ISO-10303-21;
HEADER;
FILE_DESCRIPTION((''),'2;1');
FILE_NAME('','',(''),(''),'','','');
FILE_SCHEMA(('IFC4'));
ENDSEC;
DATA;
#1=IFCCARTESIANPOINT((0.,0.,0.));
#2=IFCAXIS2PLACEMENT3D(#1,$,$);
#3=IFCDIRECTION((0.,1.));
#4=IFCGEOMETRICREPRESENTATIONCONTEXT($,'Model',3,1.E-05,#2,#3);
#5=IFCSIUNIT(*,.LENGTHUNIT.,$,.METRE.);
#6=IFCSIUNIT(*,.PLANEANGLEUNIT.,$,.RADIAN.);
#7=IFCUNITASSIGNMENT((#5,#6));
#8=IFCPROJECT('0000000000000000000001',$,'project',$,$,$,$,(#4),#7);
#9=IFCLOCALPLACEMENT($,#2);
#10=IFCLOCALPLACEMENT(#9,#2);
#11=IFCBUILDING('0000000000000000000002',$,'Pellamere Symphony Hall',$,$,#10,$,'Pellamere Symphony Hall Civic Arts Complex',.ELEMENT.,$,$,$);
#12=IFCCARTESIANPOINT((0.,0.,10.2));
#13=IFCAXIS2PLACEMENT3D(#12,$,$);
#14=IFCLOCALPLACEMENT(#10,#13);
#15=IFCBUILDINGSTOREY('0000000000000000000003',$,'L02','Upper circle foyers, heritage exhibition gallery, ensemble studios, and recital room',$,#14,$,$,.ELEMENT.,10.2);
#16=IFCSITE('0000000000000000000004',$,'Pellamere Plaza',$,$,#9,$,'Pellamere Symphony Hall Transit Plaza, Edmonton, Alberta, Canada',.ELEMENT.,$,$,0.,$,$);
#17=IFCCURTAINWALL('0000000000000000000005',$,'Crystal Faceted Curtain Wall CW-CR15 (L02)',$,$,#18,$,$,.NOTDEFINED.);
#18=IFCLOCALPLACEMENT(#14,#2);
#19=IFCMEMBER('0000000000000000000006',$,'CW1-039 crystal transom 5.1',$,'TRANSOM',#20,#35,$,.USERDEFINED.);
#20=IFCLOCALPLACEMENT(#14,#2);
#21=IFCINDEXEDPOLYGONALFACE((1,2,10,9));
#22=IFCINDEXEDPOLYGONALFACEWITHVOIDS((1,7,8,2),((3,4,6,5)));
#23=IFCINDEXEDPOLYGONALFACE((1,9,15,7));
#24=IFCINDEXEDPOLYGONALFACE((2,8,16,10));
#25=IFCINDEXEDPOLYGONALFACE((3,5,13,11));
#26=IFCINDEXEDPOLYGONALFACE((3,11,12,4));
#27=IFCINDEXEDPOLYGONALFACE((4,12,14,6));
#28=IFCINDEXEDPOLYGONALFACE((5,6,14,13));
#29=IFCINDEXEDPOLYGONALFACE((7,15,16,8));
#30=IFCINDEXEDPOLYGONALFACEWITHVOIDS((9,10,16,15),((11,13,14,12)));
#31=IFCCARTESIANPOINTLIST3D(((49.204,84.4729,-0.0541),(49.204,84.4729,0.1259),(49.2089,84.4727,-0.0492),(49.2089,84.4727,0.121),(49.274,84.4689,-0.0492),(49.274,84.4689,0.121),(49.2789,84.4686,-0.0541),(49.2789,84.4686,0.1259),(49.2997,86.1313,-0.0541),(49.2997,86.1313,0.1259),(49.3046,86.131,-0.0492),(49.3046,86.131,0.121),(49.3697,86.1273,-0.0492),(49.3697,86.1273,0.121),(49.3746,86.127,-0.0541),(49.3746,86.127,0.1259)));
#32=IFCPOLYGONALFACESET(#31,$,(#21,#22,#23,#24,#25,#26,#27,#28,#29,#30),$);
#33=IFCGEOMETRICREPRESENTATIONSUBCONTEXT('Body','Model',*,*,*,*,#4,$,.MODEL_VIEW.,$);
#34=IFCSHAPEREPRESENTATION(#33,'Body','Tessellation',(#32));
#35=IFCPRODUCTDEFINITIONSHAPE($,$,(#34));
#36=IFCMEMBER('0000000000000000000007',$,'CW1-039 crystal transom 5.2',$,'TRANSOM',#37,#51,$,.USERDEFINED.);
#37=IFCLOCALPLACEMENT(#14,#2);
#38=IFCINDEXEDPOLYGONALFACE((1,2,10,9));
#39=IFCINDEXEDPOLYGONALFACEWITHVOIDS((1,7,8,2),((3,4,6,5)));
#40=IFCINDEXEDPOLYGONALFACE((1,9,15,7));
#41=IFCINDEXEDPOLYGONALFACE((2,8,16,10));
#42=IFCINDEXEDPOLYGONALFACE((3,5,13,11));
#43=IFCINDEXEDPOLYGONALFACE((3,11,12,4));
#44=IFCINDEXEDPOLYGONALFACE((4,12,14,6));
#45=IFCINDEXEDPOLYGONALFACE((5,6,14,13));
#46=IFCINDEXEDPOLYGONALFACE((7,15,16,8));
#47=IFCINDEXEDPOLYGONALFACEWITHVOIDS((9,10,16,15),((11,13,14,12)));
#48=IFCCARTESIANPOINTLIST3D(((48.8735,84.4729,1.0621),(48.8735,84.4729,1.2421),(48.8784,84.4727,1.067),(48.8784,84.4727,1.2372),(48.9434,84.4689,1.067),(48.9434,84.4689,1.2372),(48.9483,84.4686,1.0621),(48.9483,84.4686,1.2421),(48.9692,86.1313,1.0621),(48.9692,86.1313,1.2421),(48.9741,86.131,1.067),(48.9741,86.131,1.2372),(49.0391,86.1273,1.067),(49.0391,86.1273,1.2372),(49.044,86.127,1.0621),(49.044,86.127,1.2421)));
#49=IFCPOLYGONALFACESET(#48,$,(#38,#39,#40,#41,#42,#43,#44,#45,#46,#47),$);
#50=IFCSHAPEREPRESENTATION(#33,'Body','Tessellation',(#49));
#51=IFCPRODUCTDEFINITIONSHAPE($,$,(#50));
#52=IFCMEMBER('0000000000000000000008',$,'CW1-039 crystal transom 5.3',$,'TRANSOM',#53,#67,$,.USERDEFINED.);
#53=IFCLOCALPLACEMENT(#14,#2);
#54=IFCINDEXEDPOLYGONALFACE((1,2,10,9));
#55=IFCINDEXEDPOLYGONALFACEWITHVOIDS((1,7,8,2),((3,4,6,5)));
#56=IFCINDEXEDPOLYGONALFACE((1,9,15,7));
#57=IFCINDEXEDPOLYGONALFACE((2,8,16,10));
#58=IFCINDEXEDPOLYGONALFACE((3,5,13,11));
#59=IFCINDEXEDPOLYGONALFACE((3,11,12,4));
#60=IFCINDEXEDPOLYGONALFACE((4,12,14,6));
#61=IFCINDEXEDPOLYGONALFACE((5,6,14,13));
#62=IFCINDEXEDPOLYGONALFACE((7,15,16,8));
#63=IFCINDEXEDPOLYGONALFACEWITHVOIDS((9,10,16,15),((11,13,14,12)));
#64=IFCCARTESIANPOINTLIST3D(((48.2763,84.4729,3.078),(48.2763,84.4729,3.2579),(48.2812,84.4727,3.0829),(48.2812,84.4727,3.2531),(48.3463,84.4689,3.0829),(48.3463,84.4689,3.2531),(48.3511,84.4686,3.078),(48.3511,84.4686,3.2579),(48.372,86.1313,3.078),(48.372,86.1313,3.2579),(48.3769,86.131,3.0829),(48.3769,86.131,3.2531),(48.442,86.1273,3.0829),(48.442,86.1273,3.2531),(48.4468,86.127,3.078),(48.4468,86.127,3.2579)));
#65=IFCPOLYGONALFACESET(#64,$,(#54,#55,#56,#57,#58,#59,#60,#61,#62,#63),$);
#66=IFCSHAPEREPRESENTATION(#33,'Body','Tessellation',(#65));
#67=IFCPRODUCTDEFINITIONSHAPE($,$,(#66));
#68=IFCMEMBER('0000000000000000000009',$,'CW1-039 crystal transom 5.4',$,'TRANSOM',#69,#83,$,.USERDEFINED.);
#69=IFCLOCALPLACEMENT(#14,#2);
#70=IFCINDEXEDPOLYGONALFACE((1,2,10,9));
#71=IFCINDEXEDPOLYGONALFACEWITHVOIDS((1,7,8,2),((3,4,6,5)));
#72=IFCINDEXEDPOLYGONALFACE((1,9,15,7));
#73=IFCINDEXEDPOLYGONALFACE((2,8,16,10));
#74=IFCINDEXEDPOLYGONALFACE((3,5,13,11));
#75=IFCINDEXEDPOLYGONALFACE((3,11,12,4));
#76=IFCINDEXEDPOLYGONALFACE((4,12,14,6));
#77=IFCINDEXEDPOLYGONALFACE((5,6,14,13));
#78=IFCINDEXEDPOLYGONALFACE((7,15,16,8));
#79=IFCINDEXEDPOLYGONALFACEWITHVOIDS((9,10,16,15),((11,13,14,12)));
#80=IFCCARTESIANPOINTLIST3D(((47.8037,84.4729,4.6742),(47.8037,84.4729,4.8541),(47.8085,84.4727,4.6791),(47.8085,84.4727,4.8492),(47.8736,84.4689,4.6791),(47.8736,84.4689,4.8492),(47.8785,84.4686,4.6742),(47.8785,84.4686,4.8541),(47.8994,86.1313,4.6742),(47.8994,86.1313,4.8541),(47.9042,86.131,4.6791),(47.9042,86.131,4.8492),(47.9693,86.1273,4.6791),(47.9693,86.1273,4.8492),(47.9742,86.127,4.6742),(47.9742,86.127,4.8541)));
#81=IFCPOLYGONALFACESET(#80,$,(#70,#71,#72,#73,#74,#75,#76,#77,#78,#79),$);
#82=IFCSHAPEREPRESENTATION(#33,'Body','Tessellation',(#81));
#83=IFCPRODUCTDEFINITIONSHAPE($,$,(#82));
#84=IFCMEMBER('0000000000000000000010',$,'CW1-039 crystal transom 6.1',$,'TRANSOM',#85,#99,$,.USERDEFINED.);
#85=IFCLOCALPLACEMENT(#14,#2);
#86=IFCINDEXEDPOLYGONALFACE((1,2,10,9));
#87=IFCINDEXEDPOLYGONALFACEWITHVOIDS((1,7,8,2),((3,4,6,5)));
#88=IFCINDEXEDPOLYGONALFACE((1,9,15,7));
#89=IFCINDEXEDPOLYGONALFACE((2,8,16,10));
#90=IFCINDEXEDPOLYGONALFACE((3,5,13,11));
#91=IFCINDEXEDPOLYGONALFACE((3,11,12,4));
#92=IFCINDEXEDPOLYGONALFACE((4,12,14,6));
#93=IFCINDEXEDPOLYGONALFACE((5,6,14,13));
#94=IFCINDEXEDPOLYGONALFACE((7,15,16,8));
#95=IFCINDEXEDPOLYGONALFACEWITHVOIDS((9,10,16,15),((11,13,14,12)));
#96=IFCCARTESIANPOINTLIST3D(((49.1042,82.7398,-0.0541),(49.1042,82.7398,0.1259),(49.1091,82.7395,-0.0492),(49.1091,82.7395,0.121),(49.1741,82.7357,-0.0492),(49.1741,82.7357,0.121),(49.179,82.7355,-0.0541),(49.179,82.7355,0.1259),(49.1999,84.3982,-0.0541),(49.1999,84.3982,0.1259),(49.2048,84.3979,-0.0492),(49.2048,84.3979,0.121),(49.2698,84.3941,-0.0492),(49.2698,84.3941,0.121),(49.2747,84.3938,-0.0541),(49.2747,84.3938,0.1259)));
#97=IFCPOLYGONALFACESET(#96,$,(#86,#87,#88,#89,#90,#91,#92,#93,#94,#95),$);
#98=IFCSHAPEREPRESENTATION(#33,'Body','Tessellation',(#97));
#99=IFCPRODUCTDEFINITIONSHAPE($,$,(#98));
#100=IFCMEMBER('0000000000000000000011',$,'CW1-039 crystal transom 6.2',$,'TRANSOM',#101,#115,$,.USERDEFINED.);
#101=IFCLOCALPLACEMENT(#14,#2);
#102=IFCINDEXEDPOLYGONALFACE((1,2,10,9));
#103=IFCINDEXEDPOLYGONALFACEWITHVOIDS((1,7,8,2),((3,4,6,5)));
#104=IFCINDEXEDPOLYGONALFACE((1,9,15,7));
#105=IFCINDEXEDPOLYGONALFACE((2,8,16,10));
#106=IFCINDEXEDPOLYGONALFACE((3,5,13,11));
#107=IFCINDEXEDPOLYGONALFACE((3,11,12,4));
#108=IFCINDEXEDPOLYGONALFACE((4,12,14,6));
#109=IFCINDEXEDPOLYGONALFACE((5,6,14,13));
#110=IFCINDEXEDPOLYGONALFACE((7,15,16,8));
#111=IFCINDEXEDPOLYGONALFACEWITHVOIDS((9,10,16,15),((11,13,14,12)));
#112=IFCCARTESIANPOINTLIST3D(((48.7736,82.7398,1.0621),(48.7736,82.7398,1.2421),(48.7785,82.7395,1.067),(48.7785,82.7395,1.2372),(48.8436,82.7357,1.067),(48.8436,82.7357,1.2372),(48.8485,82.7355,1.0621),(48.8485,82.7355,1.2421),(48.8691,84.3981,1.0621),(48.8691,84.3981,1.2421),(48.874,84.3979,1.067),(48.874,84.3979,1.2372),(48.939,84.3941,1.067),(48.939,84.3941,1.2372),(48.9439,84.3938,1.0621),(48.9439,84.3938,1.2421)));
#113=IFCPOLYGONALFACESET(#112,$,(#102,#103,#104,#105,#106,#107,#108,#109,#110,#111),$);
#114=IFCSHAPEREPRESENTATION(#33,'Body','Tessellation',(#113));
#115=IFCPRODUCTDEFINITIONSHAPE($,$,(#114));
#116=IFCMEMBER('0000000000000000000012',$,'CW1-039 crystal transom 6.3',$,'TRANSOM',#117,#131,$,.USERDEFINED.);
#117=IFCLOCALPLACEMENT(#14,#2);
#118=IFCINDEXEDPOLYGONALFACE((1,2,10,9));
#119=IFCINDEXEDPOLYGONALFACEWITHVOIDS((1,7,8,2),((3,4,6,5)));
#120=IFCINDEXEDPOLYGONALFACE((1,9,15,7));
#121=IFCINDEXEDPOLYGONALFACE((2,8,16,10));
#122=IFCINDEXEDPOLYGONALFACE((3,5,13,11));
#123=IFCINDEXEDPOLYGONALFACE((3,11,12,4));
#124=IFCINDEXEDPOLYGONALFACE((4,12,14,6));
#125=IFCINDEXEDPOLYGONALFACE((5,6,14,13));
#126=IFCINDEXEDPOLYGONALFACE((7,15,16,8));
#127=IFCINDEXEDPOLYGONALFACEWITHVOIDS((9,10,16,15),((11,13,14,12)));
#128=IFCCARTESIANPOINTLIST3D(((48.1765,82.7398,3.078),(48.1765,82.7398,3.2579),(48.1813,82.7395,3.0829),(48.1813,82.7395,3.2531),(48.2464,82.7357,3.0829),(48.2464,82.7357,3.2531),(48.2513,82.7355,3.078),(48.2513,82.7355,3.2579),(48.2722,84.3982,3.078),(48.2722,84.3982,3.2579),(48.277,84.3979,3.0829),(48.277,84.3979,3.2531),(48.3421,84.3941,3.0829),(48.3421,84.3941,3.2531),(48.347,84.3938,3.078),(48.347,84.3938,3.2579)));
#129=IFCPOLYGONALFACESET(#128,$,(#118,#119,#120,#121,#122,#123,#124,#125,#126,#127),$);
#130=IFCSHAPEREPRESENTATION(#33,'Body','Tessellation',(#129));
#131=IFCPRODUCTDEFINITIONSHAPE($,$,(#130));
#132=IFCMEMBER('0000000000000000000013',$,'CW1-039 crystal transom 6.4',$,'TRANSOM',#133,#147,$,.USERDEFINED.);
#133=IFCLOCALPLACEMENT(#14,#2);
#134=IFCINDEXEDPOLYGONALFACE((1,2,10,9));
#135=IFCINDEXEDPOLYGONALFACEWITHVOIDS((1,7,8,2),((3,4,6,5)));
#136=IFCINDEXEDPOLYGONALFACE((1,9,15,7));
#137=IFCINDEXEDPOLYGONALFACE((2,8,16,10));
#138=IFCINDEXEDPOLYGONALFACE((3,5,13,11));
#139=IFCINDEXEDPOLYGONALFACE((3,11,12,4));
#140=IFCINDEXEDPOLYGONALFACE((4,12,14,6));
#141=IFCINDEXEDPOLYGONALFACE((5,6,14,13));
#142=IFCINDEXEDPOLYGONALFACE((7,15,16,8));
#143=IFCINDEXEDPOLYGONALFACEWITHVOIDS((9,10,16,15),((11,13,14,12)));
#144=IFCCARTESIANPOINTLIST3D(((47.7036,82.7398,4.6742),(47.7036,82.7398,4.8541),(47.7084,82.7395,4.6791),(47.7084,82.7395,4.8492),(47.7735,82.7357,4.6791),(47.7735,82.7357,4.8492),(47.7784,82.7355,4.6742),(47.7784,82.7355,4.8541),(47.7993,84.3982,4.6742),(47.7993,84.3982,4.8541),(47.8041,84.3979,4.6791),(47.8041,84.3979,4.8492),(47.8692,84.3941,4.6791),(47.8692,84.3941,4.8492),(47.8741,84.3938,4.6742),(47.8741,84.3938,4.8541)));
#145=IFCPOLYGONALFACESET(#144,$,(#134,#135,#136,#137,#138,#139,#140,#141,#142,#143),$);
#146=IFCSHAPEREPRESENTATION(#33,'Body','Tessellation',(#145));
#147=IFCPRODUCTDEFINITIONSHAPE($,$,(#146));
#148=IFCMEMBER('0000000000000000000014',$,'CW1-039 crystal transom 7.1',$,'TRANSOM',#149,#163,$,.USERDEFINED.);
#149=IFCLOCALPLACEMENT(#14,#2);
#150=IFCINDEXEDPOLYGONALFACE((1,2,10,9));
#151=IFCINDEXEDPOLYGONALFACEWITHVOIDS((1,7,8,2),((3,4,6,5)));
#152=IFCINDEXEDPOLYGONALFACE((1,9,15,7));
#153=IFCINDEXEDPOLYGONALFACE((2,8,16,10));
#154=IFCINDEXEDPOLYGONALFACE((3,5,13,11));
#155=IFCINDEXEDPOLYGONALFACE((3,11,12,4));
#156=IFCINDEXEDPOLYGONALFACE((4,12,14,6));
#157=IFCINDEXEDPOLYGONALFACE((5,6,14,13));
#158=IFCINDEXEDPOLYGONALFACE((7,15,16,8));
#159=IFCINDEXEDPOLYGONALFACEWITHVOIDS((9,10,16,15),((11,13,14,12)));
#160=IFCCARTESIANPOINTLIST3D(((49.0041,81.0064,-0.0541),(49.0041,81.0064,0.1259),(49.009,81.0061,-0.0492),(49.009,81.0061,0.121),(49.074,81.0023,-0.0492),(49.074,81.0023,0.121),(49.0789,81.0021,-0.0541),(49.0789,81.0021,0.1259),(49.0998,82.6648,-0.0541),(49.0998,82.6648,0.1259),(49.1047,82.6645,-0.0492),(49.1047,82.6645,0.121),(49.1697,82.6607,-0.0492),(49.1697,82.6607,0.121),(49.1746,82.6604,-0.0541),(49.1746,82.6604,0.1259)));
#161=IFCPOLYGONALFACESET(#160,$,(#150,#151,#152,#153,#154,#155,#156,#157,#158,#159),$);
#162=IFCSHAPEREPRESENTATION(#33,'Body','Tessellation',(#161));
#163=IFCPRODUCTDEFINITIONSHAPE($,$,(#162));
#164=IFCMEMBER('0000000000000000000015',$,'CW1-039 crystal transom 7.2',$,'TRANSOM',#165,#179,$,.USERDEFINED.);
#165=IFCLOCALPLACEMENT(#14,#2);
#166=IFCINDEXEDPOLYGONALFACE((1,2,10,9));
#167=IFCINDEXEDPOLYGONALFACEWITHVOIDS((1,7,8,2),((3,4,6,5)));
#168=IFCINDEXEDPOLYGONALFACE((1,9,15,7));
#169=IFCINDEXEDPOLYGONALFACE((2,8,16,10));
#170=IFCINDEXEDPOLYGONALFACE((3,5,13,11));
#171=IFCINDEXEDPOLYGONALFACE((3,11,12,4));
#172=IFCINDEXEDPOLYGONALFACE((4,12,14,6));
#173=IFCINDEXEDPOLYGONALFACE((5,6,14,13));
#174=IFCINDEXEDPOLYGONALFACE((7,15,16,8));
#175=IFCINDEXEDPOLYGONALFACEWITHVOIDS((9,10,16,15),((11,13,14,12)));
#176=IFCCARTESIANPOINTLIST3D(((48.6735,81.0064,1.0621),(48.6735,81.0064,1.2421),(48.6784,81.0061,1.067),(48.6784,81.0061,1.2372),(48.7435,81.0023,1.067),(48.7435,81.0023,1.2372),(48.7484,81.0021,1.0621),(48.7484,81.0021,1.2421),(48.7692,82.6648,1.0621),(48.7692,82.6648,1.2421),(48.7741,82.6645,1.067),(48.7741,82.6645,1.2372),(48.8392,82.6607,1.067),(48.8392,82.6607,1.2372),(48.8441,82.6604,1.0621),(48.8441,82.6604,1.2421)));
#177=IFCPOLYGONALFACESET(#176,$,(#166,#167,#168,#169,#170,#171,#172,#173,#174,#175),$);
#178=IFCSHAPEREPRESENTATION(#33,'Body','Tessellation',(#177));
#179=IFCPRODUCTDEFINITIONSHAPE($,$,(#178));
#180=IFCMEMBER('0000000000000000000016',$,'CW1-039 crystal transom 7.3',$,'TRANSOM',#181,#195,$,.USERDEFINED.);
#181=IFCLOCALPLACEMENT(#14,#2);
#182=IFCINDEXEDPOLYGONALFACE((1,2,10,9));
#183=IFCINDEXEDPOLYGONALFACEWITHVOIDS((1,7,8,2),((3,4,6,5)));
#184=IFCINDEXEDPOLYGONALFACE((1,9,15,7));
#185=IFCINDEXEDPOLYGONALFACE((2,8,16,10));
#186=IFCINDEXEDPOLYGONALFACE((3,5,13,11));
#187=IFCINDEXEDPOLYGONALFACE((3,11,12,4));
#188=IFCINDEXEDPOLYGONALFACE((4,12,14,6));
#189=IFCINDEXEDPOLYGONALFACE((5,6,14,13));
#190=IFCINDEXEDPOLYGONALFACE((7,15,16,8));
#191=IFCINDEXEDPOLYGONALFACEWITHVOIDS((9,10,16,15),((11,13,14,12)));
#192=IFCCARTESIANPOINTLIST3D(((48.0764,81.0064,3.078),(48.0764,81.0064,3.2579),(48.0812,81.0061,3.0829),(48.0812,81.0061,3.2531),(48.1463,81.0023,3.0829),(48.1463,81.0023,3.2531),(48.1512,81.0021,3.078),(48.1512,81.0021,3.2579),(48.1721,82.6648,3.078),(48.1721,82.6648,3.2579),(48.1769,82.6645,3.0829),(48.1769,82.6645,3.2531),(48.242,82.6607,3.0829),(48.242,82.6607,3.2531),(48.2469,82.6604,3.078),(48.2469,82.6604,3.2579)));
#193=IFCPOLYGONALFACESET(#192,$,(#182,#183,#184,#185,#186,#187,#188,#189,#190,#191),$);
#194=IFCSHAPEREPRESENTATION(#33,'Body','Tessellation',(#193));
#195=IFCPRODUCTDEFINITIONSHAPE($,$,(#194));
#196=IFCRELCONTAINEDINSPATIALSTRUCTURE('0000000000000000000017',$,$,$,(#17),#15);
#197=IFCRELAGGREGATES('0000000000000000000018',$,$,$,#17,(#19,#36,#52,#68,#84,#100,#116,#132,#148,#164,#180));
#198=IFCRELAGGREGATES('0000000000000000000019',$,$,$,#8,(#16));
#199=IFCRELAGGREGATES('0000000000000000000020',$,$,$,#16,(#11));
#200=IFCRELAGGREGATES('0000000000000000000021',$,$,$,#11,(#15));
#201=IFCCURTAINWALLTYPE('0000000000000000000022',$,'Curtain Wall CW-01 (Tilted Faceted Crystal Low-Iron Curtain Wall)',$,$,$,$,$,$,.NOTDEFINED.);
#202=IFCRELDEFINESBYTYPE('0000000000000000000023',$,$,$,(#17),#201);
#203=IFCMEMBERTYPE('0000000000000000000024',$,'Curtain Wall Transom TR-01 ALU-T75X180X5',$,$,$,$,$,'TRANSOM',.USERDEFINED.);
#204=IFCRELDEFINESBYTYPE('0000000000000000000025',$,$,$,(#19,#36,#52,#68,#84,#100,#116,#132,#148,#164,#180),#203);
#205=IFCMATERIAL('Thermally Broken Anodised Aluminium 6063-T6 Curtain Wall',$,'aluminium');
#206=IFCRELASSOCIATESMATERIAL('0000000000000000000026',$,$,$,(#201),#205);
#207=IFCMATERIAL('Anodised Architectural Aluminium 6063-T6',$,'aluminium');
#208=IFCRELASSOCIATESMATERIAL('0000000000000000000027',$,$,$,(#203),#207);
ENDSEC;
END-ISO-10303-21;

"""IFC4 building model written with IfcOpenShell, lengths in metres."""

from ifc_helpers import new_model, si_unit, direction, frame, origin, origin_2d, place, context, subcontext, project, spatial, hollow_rectangle, extrude, material, material_profile, profile_set, type_object, element, aggregate, save


model = new_model("IFC4")

# Units and contexts
model_context = context("Model", 3, precision=1e-05, world=origin(), true_north=direction((0.0, 1.0)))
body_context = subcontext(model_context, "Body", "Model", "MODEL_VIEW")
ifc_project = project(units=[si_unit("LENGTHUNIT", "METRE"), si_unit("PLANEANGLEUNIT", "RADIAN")], contexts=[model_context])

# Site, building, storey
site_placement = place(None, origin())
site = spatial("IfcSite", under=ifc_project, at=site_placement, Name="Pellamere Plaza", LongName="Pellamere Symphony Hall Transit Plaza, Edmonton, Alberta, Canada", CompositionType="ELEMENT", RefElevation=0.0)
building_placement = place(site_placement, origin())
building = spatial("IfcBuilding", under=site, at=building_placement, Name="Pellamere Symphony Hall", LongName="Pellamere Symphony Hall Civic Arts Complex", CompositionType="ELEMENT")
storey_placement = place(building_placement, frame((0.0, 0.0, 10.2)))
storey = spatial("IfcBuildingStorey", under=building, at=storey_placement, Name="L02", Description="Upper circle foyers, heritage exhibition gallery, ensemble studios, and recital room", CompositionType="ELEMENT", Elevation=10.2)

# Curtain wall, members
ifc_material_1 = material(Name="Thermally Broken Anodised Aluminium 6063-T6 Curtain Wall", Category="aluminium")
curtain_wall_type = type_object("IfcCurtainWallType", Name="Curtain Wall CW-01 (Tilted Faceted Crystal Low-Iron Curtain Wall)", PredefinedType="NOTDEFINED", material=ifc_material_1)
curtain_wall_placement = place(storey_placement, origin())
curtain_wall = element("IfcCurtainWall", 1, at=curtain_wall_placement, inside=storey, type_object=curtain_wall_type, Name="Crystal Faceted Curtain Wall CW-CR15 (L02)", PredefinedType="NOTDEFINED")
ifc_material_2 = material(Name="Anodised Architectural Aluminium 6063-T6", Category="aluminium")
ifc_material_profile_1 = material_profile(ifc_material_2, hollow_rectangle(XDim=0.075, YDim=0.1799, WallThickness=0.0049, at=origin_2d()), Name="ALU-T75X180X5")
ifc_profile_set_1 = profile_set([ifc_material_profile_1], Name="Anodised Architectural Aluminium 6063-T6")
member_type_1 = type_object("IfcMemberType", Name="Curtain Wall Transom TR-01 ALU-T75X180X5", ElementType="TRANSOM", PredefinedType="USERDEFINED", material=ifc_profile_set_1)
member_1_placement = place(storey_placement, frame((49.3372, 86.1292, 0.0359), z_axis=(-0.057611, -0.998339, 0.0), x_axis=(0.998339, -0.057611, 0.0)))
member_1 = element("IfcMember", 2, at=member_1_placement, type_object=member_type_1, Name="CW1-039 crystal transom 5.1", ObjectType="TRANSOM", PredefinedType="USERDEFINED", context=body_context, shape_type="SweptSolid", body=[
    extrude(hollow_rectangle(XDim=0.075, YDim=0.1799, WallThickness=0.0049, at=origin_2d()), origin(), (0.0, 0.0, 1.0), 1.6611),
])
member_2_placement = place(storey_placement, frame((49.0066, 86.1292, 1.1521), z_axis=(-0.057611, -0.998339, 0.0), x_axis=(0.998339, -0.057611, 0.0)))
member_2 = element("IfcMember", 3, at=member_2_placement, type_object=member_type_1, Name="CW1-039 crystal transom 5.2", ObjectType="TRANSOM", PredefinedType="USERDEFINED", context=body_context, shape_type="SweptSolid", body=[
    extrude(hollow_rectangle(XDim=0.075, YDim=0.1799, WallThickness=0.0049, at=origin_2d()), origin(), (0.0, 0.0, 1.0), 1.6611),
])
member_3_placement = place(storey_placement, frame((48.4094, 86.1292, 3.168), z_axis=(-0.057611, -0.998339, 0.0), x_axis=(0.998339, -0.057611, 0.0)))
member_3 = element("IfcMember", 4, at=member_3_placement, type_object=member_type_1, Name="CW1-039 crystal transom 5.3", ObjectType="TRANSOM", PredefinedType="USERDEFINED", context=body_context, shape_type="SweptSolid", body=[
    extrude(hollow_rectangle(XDim=0.075, YDim=0.1799, WallThickness=0.0049, at=origin_2d()), origin(), (0.0, 0.0, 1.0), 1.6611),
])
member_4_placement = place(storey_placement, frame((47.9368, 86.1292, 4.7642), z_axis=(-0.057611, -0.998339, 0.0), x_axis=(0.998339, -0.057611, 0.0)))
member_4 = element("IfcMember", 5, at=member_4_placement, type_object=member_type_1, Name="CW1-039 crystal transom 5.4", ObjectType="TRANSOM", PredefinedType="USERDEFINED", context=body_context, shape_type="SweptSolid", body=[
    extrude(hollow_rectangle(XDim=0.075, YDim=0.1799, WallThickness=0.0049, at=origin_2d()), origin(), (0.0, 0.0, 1.0), 1.6611),
])
member_5_placement = place(storey_placement, frame((49.2373, 84.396, 0.0359), z_axis=(-0.057611, -0.998339, 0.0), x_axis=(0.998339, -0.057611, 0.0)))
member_5 = element("IfcMember", 6, at=member_5_placement, type_object=member_type_1, Name="CW1-039 crystal transom 6.1", ObjectType="TRANSOM", PredefinedType="USERDEFINED", context=body_context, shape_type="SweptSolid", body=[
    extrude(hollow_rectangle(XDim=0.075, YDim=0.1799, WallThickness=0.0049, at=origin_2d()), origin(), (0.0, 0.0, 1.0), 1.6611),
])
member_6_placement = place(storey_placement, frame((48.9065, 84.396, 1.1521), z_axis=(-0.057464, -0.998348, 0.0), x_axis=(0.998348, -0.057464, 0.0)))
member_6 = element("IfcMember", 7, at=member_6_placement, type_object=member_type_1, Name="CW1-039 crystal transom 6.2", ObjectType="TRANSOM", PredefinedType="USERDEFINED", context=body_context, shape_type="SweptSolid", body=[
    extrude(hollow_rectangle(XDim=0.075, YDim=0.1799, WallThickness=0.0049, at=origin_2d()), origin(), (0.0, 0.0, 1.0), 1.6611),
])
member_7_placement = place(storey_placement, frame((48.3096, 84.396, 3.168), z_axis=(-0.057611, -0.998339, 0.0), x_axis=(0.998339, -0.057611, 0.0)))
member_7 = element("IfcMember", 8, at=member_7_placement, type_object=member_type_1, Name="CW1-039 crystal transom 6.3", ObjectType="TRANSOM", PredefinedType="USERDEFINED", context=body_context, shape_type="SweptSolid", body=[
    extrude(hollow_rectangle(XDim=0.075, YDim=0.1799, WallThickness=0.0049, at=origin_2d()), origin(), (0.0, 0.0, 1.0), 1.6611),
])
member_8_placement = place(storey_placement, frame((47.8367, 84.396, 4.7642), z_axis=(-0.057611, -0.998339, 0.0), x_axis=(0.998339, -0.057611, 0.0)))
member_8 = element("IfcMember", 9, at=member_8_placement, type_object=member_type_1, Name="CW1-039 crystal transom 6.4", ObjectType="TRANSOM", PredefinedType="USERDEFINED", context=body_context, shape_type="SweptSolid", body=[
    extrude(hollow_rectangle(XDim=0.075, YDim=0.1799, WallThickness=0.0049, at=origin_2d()), origin(), (0.0, 0.0, 1.0), 1.6611),
])
member_9_placement = place(storey_placement, frame((49.1372, 82.6626, 0.0359), z_axis=(-0.057611, -0.998339, 0.0), x_axis=(0.998339, -0.057611, 0.0)))
member_9 = element("IfcMember", 10, at=member_9_placement, type_object=member_type_1, Name="CW1-039 crystal transom 7.1", ObjectType="TRANSOM", PredefinedType="USERDEFINED", context=body_context, shape_type="SweptSolid", body=[
    extrude(hollow_rectangle(XDim=0.075, YDim=0.1799, WallThickness=0.0049, at=origin_2d()), origin(), (0.0, 0.0, 1.0), 1.6611),
])
member_10_placement = place(storey_placement, frame((48.8066, 82.6626, 1.1521), z_axis=(-0.057611, -0.998339, 0.0), x_axis=(0.998339, -0.057611, 0.0)))
member_10 = element("IfcMember", 11, at=member_10_placement, type_object=member_type_1, Name="CW1-039 crystal transom 7.2", ObjectType="TRANSOM", PredefinedType="USERDEFINED", context=body_context, shape_type="SweptSolid", body=[
    extrude(hollow_rectangle(XDim=0.075, YDim=0.1799, WallThickness=0.0049, at=origin_2d()), origin(), (0.0, 0.0, 1.0), 1.6611),
])
member_11_placement = place(storey_placement, frame((48.2095, 82.6626, 3.168), z_axis=(-0.057611, -0.998339, 0.0), x_axis=(0.998339, -0.057611, 0.0)))
member_11 = element("IfcMember", 12, at=member_11_placement, type_object=member_type_1, Name="CW1-039 crystal transom 7.3", ObjectType="TRANSOM", PredefinedType="USERDEFINED", context=body_context, shape_type="SweptSolid", body=[
    extrude(hollow_rectangle(XDim=0.075, YDim=0.1799, WallThickness=0.0049, at=origin_2d()), origin(), (0.0, 0.0, 1.0), 1.6611),
])
aggregate(curtain_wall, [member_1, member_2, member_3, member_4, member_5, member_6, member_7, member_8, member_9, member_10, member_11])

save(model, "model.ifc")
